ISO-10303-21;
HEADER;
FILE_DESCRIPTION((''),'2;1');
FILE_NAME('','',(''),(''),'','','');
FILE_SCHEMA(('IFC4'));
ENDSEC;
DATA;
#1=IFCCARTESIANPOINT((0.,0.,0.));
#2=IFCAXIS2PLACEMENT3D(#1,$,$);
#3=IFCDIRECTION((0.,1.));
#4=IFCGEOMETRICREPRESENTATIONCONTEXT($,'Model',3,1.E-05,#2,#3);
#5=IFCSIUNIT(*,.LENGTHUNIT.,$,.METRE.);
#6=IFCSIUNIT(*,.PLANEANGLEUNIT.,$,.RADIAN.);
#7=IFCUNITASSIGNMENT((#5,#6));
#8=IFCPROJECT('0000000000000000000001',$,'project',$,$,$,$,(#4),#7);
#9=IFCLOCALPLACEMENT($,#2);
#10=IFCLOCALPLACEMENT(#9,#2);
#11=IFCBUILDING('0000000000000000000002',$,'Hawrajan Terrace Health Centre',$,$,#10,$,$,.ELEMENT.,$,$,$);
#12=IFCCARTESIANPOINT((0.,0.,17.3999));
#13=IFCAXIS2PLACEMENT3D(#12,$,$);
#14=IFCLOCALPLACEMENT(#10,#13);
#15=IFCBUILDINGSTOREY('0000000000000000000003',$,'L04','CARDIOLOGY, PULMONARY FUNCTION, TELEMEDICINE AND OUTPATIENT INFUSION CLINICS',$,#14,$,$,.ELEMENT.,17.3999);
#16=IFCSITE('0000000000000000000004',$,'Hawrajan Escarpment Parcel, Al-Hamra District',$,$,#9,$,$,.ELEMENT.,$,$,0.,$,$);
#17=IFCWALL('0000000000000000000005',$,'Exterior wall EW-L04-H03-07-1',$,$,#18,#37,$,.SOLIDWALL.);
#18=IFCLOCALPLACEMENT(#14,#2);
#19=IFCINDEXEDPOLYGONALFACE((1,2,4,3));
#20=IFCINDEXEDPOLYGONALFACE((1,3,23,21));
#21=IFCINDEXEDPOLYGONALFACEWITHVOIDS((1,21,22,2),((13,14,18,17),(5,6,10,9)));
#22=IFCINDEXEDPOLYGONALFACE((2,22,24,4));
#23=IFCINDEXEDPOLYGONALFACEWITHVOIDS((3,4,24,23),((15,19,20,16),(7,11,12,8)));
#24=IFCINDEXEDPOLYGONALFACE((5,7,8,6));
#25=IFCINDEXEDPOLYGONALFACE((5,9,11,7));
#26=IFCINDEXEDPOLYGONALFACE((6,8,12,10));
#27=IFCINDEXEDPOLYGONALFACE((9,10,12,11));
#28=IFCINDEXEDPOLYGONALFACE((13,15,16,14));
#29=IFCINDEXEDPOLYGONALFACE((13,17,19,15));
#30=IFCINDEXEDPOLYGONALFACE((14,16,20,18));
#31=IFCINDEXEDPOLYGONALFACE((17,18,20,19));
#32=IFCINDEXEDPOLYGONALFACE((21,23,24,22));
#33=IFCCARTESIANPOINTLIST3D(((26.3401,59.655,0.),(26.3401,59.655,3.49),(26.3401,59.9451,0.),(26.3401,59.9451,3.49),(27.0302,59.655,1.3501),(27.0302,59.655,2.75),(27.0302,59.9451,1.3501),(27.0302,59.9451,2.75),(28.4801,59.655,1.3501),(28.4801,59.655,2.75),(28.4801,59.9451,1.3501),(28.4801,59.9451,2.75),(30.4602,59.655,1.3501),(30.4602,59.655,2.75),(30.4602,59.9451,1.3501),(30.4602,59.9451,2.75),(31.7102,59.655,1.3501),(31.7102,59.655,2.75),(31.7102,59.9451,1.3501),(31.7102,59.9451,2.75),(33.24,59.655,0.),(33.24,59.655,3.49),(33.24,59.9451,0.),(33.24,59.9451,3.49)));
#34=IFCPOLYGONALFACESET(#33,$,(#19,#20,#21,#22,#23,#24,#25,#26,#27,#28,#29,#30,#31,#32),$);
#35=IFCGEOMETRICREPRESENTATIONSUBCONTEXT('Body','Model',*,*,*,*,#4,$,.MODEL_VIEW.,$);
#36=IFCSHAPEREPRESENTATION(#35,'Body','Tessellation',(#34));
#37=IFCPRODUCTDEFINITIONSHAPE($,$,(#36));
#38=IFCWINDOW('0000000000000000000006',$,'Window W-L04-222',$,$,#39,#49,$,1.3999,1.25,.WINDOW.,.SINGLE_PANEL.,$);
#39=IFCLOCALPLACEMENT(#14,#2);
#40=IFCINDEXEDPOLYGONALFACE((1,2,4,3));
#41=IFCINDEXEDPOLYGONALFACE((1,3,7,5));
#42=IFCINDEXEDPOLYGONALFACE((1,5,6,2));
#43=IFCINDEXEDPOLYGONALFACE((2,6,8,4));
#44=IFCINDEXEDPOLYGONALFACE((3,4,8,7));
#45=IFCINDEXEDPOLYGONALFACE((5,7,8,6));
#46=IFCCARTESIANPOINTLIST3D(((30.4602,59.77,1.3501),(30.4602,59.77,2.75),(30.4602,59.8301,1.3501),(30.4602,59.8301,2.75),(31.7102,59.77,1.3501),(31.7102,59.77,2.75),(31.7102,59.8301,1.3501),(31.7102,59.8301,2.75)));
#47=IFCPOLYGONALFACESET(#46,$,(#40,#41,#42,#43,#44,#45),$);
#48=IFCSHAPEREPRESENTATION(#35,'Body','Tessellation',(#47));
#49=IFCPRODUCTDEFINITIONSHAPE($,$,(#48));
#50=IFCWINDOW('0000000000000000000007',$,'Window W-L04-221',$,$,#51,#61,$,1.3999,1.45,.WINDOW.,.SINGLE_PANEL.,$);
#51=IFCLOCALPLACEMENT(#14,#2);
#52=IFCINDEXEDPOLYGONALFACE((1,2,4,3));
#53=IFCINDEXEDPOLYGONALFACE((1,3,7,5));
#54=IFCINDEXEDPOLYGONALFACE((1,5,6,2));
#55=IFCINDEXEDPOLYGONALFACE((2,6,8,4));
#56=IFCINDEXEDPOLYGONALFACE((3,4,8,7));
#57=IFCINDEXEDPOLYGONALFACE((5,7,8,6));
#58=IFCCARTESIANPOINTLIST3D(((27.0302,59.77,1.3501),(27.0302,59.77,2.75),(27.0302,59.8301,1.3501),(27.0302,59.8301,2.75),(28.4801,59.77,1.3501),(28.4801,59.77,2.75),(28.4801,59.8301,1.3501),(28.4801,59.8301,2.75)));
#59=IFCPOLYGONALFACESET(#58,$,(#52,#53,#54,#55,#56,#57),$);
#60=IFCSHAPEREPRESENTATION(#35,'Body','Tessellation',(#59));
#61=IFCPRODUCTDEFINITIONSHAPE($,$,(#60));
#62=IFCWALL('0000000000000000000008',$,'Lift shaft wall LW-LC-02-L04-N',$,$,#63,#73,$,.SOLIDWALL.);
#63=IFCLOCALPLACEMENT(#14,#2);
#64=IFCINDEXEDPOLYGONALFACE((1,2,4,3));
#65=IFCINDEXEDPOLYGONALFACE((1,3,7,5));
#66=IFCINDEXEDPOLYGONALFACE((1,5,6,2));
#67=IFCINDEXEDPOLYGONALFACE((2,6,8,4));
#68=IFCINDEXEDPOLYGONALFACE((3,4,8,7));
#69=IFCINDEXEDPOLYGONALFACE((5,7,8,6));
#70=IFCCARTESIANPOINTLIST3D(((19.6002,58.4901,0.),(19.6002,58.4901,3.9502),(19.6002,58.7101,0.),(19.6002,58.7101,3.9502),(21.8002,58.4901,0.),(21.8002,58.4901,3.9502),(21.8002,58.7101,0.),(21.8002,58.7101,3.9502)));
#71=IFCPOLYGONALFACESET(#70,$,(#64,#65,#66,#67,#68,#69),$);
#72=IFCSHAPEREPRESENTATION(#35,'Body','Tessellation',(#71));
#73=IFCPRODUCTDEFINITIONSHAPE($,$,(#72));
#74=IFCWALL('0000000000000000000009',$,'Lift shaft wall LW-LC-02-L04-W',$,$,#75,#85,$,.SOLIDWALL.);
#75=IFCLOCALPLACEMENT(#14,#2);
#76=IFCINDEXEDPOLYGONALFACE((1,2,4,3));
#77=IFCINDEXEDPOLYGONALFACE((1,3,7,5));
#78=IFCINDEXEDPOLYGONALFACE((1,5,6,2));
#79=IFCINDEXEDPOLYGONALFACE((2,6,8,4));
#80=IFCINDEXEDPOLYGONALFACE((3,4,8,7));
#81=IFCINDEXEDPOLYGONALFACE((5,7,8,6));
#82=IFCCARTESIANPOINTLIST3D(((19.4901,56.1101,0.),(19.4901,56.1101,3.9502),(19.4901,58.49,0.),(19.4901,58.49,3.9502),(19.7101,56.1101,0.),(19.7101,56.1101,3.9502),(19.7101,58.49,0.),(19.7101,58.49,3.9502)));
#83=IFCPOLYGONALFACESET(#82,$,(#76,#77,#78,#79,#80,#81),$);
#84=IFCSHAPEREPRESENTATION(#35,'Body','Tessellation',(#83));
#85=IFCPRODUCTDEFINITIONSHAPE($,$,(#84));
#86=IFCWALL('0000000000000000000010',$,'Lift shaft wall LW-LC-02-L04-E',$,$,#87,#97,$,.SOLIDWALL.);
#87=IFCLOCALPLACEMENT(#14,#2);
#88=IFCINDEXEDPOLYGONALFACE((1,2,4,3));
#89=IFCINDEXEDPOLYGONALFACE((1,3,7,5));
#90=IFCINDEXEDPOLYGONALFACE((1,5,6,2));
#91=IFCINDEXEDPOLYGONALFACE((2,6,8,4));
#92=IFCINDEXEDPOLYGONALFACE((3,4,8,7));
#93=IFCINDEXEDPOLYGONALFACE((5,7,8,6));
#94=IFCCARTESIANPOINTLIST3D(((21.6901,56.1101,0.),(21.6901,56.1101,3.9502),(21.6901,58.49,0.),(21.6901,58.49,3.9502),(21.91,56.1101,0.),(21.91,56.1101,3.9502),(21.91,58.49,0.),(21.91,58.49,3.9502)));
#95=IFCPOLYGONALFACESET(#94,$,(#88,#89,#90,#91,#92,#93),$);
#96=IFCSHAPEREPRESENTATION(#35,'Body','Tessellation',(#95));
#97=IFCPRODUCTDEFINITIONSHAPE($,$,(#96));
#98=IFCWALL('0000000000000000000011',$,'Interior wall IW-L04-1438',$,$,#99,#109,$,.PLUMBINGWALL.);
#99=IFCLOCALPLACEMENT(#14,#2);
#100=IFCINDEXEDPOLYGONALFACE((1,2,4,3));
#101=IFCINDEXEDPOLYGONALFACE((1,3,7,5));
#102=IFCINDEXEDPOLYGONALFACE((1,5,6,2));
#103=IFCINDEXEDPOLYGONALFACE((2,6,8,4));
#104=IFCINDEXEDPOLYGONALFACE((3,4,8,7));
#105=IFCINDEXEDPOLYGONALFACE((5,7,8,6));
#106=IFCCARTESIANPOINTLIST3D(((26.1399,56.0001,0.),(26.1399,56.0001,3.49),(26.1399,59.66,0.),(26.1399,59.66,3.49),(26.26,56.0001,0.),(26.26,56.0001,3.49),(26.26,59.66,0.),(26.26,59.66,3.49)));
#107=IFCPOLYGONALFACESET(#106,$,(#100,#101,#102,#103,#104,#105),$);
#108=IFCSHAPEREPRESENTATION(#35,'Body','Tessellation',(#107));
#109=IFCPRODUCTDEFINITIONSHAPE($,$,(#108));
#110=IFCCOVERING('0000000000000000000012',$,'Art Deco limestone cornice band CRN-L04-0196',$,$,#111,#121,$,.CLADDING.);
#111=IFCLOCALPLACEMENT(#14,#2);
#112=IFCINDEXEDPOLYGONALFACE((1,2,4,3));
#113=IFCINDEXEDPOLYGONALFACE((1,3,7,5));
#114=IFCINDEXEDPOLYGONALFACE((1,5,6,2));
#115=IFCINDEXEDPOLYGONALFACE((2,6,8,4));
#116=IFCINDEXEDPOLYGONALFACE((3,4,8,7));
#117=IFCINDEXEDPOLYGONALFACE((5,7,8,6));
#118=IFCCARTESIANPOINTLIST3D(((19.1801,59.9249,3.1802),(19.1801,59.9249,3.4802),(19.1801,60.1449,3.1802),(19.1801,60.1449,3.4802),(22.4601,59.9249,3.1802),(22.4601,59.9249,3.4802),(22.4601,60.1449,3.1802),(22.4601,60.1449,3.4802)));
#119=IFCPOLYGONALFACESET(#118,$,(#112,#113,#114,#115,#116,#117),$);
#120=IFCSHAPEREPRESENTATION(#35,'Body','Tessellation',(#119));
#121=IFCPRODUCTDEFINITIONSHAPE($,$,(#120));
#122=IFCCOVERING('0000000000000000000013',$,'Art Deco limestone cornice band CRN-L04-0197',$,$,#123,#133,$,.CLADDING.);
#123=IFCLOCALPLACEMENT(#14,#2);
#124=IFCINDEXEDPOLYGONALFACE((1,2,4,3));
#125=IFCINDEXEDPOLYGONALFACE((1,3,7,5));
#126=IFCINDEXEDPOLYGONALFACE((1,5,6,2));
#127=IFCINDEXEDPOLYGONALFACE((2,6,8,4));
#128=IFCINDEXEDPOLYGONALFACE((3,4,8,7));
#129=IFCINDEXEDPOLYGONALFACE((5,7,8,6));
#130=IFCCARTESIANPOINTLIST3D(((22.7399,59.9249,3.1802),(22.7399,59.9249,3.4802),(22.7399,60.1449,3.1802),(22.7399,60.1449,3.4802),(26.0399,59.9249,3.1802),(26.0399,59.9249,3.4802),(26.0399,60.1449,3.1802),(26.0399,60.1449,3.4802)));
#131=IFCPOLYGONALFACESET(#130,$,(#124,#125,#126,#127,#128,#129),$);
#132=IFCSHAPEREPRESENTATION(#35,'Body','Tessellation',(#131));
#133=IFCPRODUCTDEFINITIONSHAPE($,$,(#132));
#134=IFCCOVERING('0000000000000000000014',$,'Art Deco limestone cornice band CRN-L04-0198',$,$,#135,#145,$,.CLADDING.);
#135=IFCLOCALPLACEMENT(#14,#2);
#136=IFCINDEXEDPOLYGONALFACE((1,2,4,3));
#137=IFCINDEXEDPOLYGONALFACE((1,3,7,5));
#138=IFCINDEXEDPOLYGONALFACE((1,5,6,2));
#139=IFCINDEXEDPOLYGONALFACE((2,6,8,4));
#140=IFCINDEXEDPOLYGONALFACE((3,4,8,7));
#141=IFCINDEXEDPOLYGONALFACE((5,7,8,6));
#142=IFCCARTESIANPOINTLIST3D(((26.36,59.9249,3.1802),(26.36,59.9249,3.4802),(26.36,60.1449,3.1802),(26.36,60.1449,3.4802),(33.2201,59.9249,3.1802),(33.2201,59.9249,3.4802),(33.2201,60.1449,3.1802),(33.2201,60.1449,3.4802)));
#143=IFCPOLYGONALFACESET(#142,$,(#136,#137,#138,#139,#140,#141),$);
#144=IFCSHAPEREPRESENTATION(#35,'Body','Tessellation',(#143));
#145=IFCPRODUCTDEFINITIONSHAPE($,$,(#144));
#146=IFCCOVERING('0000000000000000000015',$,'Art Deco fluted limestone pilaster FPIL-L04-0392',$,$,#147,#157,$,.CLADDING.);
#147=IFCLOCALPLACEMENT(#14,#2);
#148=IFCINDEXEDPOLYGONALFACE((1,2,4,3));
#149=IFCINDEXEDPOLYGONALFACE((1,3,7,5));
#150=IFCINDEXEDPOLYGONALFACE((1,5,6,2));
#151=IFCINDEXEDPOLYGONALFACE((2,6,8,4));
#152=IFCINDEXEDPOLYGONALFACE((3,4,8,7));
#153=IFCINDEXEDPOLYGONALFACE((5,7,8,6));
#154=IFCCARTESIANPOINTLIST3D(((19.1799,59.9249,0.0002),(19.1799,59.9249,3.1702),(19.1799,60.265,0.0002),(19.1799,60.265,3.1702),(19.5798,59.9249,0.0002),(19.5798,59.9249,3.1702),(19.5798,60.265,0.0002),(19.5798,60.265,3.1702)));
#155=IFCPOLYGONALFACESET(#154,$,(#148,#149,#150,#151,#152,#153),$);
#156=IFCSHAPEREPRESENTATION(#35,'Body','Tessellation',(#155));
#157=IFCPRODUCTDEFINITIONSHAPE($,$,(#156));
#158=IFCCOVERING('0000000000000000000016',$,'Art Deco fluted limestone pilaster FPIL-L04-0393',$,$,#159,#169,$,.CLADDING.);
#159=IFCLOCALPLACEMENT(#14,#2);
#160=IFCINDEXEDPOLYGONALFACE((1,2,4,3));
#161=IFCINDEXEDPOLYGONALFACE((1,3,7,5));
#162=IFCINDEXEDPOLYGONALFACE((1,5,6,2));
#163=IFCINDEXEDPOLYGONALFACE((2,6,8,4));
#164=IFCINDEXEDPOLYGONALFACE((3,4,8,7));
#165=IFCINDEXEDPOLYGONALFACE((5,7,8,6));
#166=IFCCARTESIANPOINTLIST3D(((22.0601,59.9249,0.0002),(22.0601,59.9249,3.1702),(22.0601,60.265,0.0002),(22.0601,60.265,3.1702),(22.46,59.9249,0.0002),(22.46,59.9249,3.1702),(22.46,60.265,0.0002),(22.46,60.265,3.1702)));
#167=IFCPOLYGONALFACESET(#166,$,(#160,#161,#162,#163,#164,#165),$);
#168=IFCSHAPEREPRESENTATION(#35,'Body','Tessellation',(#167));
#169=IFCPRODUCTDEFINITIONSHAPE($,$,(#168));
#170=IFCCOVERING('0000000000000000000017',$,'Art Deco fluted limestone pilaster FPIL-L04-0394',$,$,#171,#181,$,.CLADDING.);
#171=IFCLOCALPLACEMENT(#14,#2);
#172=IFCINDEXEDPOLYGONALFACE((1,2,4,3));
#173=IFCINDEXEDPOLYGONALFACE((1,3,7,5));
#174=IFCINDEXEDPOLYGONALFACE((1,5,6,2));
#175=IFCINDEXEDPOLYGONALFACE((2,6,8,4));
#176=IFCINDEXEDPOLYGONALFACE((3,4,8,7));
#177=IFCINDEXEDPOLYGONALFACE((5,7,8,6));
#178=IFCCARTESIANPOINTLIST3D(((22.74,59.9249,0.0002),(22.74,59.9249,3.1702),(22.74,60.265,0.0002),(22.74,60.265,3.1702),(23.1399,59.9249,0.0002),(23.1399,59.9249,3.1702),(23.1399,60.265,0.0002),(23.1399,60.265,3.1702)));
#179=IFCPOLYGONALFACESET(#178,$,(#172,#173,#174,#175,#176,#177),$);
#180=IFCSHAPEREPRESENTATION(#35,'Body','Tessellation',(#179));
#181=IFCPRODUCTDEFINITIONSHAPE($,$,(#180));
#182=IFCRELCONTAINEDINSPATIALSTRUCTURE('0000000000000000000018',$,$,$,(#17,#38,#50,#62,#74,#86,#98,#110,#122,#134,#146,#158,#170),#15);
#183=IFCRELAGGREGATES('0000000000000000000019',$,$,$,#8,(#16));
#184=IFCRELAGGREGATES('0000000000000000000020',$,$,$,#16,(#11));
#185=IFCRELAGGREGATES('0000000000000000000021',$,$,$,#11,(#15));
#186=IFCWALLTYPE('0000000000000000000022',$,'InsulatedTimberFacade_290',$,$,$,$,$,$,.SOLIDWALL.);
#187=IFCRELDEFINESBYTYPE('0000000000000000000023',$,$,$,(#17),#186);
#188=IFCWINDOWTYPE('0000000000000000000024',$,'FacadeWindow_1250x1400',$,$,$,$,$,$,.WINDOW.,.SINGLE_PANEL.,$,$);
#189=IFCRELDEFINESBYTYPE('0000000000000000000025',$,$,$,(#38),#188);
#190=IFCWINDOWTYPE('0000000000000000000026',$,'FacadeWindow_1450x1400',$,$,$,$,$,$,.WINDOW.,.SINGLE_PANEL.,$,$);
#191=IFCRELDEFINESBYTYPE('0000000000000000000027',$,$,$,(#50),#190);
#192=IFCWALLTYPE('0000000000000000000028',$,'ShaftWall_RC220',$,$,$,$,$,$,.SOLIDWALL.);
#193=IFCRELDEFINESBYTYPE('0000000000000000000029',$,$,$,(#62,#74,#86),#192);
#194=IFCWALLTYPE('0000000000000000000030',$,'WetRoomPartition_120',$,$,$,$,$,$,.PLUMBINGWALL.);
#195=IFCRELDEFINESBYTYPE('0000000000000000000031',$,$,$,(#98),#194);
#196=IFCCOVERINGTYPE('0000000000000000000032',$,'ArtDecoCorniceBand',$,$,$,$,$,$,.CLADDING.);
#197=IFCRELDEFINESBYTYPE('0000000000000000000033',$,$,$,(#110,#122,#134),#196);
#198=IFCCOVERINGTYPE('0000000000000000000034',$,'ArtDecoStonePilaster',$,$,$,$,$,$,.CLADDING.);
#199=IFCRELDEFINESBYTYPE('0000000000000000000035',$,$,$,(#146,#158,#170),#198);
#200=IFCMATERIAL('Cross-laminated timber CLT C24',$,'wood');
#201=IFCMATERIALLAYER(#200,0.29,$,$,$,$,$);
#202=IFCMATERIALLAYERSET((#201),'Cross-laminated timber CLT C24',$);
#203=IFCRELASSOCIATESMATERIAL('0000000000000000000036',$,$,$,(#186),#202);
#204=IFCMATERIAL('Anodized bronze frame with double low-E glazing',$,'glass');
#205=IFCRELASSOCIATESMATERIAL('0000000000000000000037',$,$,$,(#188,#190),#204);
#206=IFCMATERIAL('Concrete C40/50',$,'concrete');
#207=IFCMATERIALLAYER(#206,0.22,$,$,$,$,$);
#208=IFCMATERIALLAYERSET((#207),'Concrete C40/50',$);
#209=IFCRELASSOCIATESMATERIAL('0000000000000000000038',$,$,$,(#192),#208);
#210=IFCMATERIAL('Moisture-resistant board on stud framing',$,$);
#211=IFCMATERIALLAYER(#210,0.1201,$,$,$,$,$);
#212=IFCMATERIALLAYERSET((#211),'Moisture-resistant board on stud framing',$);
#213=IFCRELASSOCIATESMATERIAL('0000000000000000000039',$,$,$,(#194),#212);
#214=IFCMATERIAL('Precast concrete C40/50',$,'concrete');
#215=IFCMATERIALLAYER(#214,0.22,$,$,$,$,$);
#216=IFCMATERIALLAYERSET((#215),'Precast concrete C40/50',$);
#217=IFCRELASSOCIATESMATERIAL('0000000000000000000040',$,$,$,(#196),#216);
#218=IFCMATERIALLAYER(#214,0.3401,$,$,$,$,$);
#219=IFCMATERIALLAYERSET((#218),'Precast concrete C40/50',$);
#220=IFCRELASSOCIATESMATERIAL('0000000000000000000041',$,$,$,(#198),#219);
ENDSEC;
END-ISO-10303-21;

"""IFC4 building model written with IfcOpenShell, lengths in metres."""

from ifc_helpers import new_model, si_unit, direction, frame, frame_2d, origin, origin_2d, place, context, subcontext, project, spatial, rectangle, extrude, material, layer, layer_set, type_object, element, fill, save


model = new_model("IFC4")

# Units and contexts
model_context = context("Model", 3, precision=1e-05, world=origin(), true_north=direction((0.0, 1.0)))
body_context = subcontext(model_context, "Body", "Model", "MODEL_VIEW")
ifc_project = project(units=[si_unit("LENGTHUNIT", "METRE"), si_unit("PLANEANGLEUNIT", "RADIAN")], contexts=[model_context])

# Site, building, storey
site_placement = place(None, origin())
site = spatial("IfcSite", under=ifc_project, at=site_placement, Name="Hawrajan Escarpment Parcel, Al-Hamra District", CompositionType="ELEMENT", RefElevation=0.0)
building_placement = place(site_placement, origin())
building = spatial("IfcBuilding", under=site, at=building_placement, Name="Hawrajan Terrace Health Centre", CompositionType="ELEMENT")
storey_placement = place(building_placement, frame((0.0, 0.0, 17.3999)))
storey = spatial("IfcBuildingStorey", under=building, at=storey_placement, Name="L04", Description="CARDIOLOGY, PULMONARY FUNCTION, TELEMEDICINE AND OUTPATIENT INFUSION CLINICS", CompositionType="ELEMENT", Elevation=17.3999)

# Shared definitions
ifc_material_1 = material(Name="Cross-laminated timber CLT C24", Category="wood")

# Shared definitions
ifc_layer_1 = layer(ifc_material_1, 0.29)
ifc_layer_set_1 = layer_set([ifc_layer_1], Name="Cross-laminated timber CLT C24")
wall_type_1 = type_object("IfcWallType", Name="InsulatedTimberFacade_290", PredefinedType="SOLIDWALL", material=ifc_layer_set_1)
ifc_material_2 = material(Name="Anodized bronze frame with double low-E glazing", Category="glass")

# Wall, openings, windows
wall_1_placement = place(storey_placement, frame((26.3401, 59.8, 0.0), z_axis=(0.0, 0.0, 1.0), x_axis=(1.0, 0.0, 0.0)))
wall_1 = element("IfcWall", 1, at=wall_1_placement, inside=storey, type_object=wall_type_1, Name="Exterior wall EW-L04-H03-07-1", PredefinedType="SOLIDWALL", context=body_context, shape_type="SweptSolid", body=[
    extrude(rectangle(XDim=6.8999, YDim=0.29, at=frame_2d((3.45, 0.0))), origin(), (0.0, 0.0, 1.0), 3.49),
])
opening_1_placement = place(wall_1_placement, frame((0.6899, 0.0, 1.3501)))
opening_1 = element("IfcOpeningElement", 2, at=opening_1_placement, cuts=wall_1, PredefinedType="OPENING", context=body_context, shape_type="SweptSolid", body=[
    extrude(rectangle(XDim=1.45, YDim=1.3999, at=frame_2d((0.7251, 0.7))), frame((0.0, 0.155, 0.0), z_axis=(0.0, -1.0, 0.0), x_axis=(1.0, 0.0, 0.0)), (0.0, 0.0, 1.0), 0.3101),
])
opening_2_placement = place(wall_1_placement, frame((4.1201, 0.0, 1.3501)))
opening_2 = element("IfcOpeningElement", 3, at=opening_2_placement, cuts=wall_1, PredefinedType="OPENING", context=body_context, shape_type="SweptSolid", body=[
    extrude(rectangle(XDim=1.25, YDim=1.3999, at=frame_2d((0.625, 0.7))), frame((0.0, 0.155, 0.0), z_axis=(0.0, -1.0, 0.0), x_axis=(1.0, 0.0, 0.0)), (0.0, 0.0, 1.0), 0.3101),
])
window_type_1 = type_object("IfcWindowType", Name="FacadeWindow_1250x1400", PartitioningType="SINGLE_PANEL", PredefinedType="WINDOW", material=ifc_material_2)
window_1_placement = place(opening_2_placement, origin())
window_1 = element("IfcWindow", 4, at=window_1_placement, inside=storey, type_object=window_type_1, Name="Window W-L04-222", OverallHeight=1.3999, OverallWidth=1.25, PartitioningType="SINGLE_PANEL", PredefinedType="WINDOW", context=body_context, shape_type="SweptSolid", body=[
    extrude(rectangle(XDim=1.25, YDim=1.3999, at=frame_2d((0.625, 0.7))), frame((0.0, 0.03, 0.0), z_axis=(0.0, -1.0, 0.0), x_axis=(1.0, 0.0, 0.0)), (0.0, 0.0, 1.0), 0.0601),
])
fill(opening_2, window_1)
window_type_2 = type_object("IfcWindowType", Name="FacadeWindow_1450x1400", PartitioningType="SINGLE_PANEL", PredefinedType="WINDOW", material=ifc_material_2)
window_2_placement = place(opening_1_placement, origin())
window_2 = element("IfcWindow", 5, at=window_2_placement, inside=storey, type_object=window_type_2, Name="Window W-L04-221", OverallHeight=1.3999, OverallWidth=1.45, PartitioningType="SINGLE_PANEL", PredefinedType="WINDOW", context=body_context, shape_type="SweptSolid", body=[
    extrude(rectangle(XDim=1.45, YDim=1.3999, at=frame_2d((0.7251, 0.7))), frame((0.0, 0.03, 0.0), z_axis=(0.0, -1.0, 0.0), x_axis=(1.0, 0.0, 0.0)), (0.0, 0.0, 1.0), 0.0601),
])
fill(opening_1, window_2)

# Shared definitions
ifc_material_3 = material(Name="Concrete C40/50", Category="concrete")
ifc_layer_2 = layer(ifc_material_3, 0.22)
ifc_layer_set_2 = layer_set([ifc_layer_2], Name="Concrete C40/50")
wall_type_2 = type_object("IfcWallType", Name="ShaftWall_RC220", PredefinedType="SOLIDWALL", material=ifc_layer_set_2)

# Walls
wall_2_placement = place(storey_placement, frame((19.6001, 58.6001, 0.0), z_axis=(0.0, 0.0, 1.0), x_axis=(1.0, 0.0, 0.0)))
element("IfcWall", 6, at=wall_2_placement, inside=storey, type_object=wall_type_2, Name="Lift shaft wall LW-LC-02-L04-N", PredefinedType="SOLIDWALL", context=body_context, shape_type="SweptSolid", body=[
    extrude(rectangle(XDim=2.2, YDim=0.22, at=frame_2d((1.1001, 0.0))), origin(), (0.0, 0.0, 1.0), 3.9502),
])
for number, where, z_axis, x_axis, name in (
    (7, (19.6001, 56.1101, 0.0), (0.0, 0.0, 1.0), (0.0, 1.0, 0.0), "Lift shaft wall LW-LC-02-L04-W"),
    (8, (21.8, 56.1101, 0.0), (0.0, 0.0, 1.0), (0.0, 1.0, 0.0), "Lift shaft wall LW-LC-02-L04-E"),
):
    element("IfcWall", number, at=place(storey_placement, frame(where, z_axis=z_axis, x_axis=x_axis)), inside=storey, type_object=wall_type_2, Name=name, PredefinedType="SOLIDWALL", context=body_context, shape_type="SweptSolid", body=[
        extrude(rectangle(XDim=2.3799, YDim=0.22, at=frame_2d((1.1899, 0.0))), origin(), (0.0, 0.0, 1.0), 3.9502),
    ])
ifc_material_4 = material(Name="Moisture-resistant board on stud framing")
ifc_layer_3 = layer(ifc_material_4, 0.1201)
ifc_layer_set_3 = layer_set([ifc_layer_3], Name="Moisture-resistant board on stud framing")
wall_type_3 = type_object("IfcWallType", Name="WetRoomPartition_120", PredefinedType="PLUMBINGWALL", material=ifc_layer_set_3)
wall_3_placement = place(storey_placement, frame((26.2, 56.0, 0.0), z_axis=(0.0, 0.0, 1.0), x_axis=(0.0, 1.0, 0.0)))
element("IfcWall", 9, at=wall_3_placement, inside=storey, type_object=wall_type_3, Name="Interior wall IW-L04-1438", PredefinedType="PLUMBINGWALL", context=body_context, shape_type="SweptSolid", body=[
    extrude(rectangle(XDim=3.6599, YDim=0.1201, at=frame_2d((1.8301, 0.0))), origin(), (0.0, 0.0, 1.0), 3.49),
])

# Coverings
ifc_material_5 = material(Name="Precast concrete C40/50", Category="concrete")
ifc_layer_4 = layer(ifc_material_5, 0.22)
ifc_layer_set_4 = layer_set([ifc_layer_4], Name="Precast concrete C40/50")
covering_type_1 = type_object("IfcCoveringType", Name="ArtDecoCorniceBand", PredefinedType="CLADDING", material=ifc_layer_set_4)
covering_1_placement = place(storey_placement, frame((20.8201, 60.0349, 3.1802), z_axis=(0.0, 0.0, 1.0), x_axis=(1.0, 0.0, 0.0)))
element("IfcCovering", 10, at=covering_1_placement, inside=storey, type_object=covering_type_1, Name="Art Deco limestone cornice band CRN-L04-0196", PredefinedType="CLADDING", context=body_context, shape_type="SweptSolid", body=[
    extrude(rectangle(XDim=3.28, YDim=0.22, at=origin_2d()), origin(), (0.0, 0.0, 1.0), 0.3),
])
covering_2_placement = place(storey_placement, frame((24.3899, 60.0349, 3.1802), z_axis=(0.0, 0.0, 1.0), x_axis=(1.0, 0.0, 0.0)))
element("IfcCovering", 11, at=covering_2_placement, inside=storey, type_object=covering_type_1, Name="Art Deco limestone cornice band CRN-L04-0197", PredefinedType="CLADDING", context=body_context, shape_type="SweptSolid", body=[
    extrude(rectangle(XDim=3.3, YDim=0.22, at=origin_2d()), origin(), (0.0, 0.0, 1.0), 0.3),
])
covering_3_placement = place(storey_placement, frame((29.79, 60.0349, 3.1802), z_axis=(0.0, 0.0, 1.0), x_axis=(1.0, 0.0, 0.0)))
element("IfcCovering", 12, at=covering_3_placement, inside=storey, type_object=covering_type_1, Name="Art Deco limestone cornice band CRN-L04-0198", PredefinedType="CLADDING", context=body_context, shape_type="SweptSolid", body=[
    extrude(rectangle(XDim=6.8601, YDim=0.22, at=origin_2d()), origin(), (0.0, 0.0, 1.0), 0.3),
])
ifc_layer_5 = layer(ifc_material_5, 0.3401)
ifc_layer_set_5 = layer_set([ifc_layer_5], Name="Precast concrete C40/50")
covering_type_2 = type_object("IfcCoveringType", Name="ArtDecoStonePilaster", PredefinedType="CLADDING", material=ifc_layer_set_5)
for number, where, z_axis, x_axis, name in (
    (13, (19.3799, 60.095, 0.0002), (0.0, 0.0, 1.0), (1.0, 0.0, 0.0), "Art Deco fluted limestone pilaster FPIL-L04-0392"),
    (14, (22.26, 60.095, 0.0002), (0.0, 0.0, 1.0), (1.0, 0.0, 0.0), "Art Deco fluted limestone pilaster FPIL-L04-0393"),
    (15, (22.9399, 60.095, 0.0002), (0.0, 0.0, 1.0), (1.0, 0.0, 0.0), "Art Deco fluted limestone pilaster FPIL-L04-0394"),
):
    element("IfcCovering", number, at=place(storey_placement, frame(where, z_axis=z_axis, x_axis=x_axis)), inside=storey, type_object=covering_type_2, Name=name, PredefinedType="CLADDING", context=body_context, shape_type="SweptSolid", body=[
        extrude(rectangle(XDim=0.3999, YDim=0.3401, at=origin_2d()), origin(), (0.0, 0.0, 1.0), 3.1699),
    ])

save(model, "model.ifc")
